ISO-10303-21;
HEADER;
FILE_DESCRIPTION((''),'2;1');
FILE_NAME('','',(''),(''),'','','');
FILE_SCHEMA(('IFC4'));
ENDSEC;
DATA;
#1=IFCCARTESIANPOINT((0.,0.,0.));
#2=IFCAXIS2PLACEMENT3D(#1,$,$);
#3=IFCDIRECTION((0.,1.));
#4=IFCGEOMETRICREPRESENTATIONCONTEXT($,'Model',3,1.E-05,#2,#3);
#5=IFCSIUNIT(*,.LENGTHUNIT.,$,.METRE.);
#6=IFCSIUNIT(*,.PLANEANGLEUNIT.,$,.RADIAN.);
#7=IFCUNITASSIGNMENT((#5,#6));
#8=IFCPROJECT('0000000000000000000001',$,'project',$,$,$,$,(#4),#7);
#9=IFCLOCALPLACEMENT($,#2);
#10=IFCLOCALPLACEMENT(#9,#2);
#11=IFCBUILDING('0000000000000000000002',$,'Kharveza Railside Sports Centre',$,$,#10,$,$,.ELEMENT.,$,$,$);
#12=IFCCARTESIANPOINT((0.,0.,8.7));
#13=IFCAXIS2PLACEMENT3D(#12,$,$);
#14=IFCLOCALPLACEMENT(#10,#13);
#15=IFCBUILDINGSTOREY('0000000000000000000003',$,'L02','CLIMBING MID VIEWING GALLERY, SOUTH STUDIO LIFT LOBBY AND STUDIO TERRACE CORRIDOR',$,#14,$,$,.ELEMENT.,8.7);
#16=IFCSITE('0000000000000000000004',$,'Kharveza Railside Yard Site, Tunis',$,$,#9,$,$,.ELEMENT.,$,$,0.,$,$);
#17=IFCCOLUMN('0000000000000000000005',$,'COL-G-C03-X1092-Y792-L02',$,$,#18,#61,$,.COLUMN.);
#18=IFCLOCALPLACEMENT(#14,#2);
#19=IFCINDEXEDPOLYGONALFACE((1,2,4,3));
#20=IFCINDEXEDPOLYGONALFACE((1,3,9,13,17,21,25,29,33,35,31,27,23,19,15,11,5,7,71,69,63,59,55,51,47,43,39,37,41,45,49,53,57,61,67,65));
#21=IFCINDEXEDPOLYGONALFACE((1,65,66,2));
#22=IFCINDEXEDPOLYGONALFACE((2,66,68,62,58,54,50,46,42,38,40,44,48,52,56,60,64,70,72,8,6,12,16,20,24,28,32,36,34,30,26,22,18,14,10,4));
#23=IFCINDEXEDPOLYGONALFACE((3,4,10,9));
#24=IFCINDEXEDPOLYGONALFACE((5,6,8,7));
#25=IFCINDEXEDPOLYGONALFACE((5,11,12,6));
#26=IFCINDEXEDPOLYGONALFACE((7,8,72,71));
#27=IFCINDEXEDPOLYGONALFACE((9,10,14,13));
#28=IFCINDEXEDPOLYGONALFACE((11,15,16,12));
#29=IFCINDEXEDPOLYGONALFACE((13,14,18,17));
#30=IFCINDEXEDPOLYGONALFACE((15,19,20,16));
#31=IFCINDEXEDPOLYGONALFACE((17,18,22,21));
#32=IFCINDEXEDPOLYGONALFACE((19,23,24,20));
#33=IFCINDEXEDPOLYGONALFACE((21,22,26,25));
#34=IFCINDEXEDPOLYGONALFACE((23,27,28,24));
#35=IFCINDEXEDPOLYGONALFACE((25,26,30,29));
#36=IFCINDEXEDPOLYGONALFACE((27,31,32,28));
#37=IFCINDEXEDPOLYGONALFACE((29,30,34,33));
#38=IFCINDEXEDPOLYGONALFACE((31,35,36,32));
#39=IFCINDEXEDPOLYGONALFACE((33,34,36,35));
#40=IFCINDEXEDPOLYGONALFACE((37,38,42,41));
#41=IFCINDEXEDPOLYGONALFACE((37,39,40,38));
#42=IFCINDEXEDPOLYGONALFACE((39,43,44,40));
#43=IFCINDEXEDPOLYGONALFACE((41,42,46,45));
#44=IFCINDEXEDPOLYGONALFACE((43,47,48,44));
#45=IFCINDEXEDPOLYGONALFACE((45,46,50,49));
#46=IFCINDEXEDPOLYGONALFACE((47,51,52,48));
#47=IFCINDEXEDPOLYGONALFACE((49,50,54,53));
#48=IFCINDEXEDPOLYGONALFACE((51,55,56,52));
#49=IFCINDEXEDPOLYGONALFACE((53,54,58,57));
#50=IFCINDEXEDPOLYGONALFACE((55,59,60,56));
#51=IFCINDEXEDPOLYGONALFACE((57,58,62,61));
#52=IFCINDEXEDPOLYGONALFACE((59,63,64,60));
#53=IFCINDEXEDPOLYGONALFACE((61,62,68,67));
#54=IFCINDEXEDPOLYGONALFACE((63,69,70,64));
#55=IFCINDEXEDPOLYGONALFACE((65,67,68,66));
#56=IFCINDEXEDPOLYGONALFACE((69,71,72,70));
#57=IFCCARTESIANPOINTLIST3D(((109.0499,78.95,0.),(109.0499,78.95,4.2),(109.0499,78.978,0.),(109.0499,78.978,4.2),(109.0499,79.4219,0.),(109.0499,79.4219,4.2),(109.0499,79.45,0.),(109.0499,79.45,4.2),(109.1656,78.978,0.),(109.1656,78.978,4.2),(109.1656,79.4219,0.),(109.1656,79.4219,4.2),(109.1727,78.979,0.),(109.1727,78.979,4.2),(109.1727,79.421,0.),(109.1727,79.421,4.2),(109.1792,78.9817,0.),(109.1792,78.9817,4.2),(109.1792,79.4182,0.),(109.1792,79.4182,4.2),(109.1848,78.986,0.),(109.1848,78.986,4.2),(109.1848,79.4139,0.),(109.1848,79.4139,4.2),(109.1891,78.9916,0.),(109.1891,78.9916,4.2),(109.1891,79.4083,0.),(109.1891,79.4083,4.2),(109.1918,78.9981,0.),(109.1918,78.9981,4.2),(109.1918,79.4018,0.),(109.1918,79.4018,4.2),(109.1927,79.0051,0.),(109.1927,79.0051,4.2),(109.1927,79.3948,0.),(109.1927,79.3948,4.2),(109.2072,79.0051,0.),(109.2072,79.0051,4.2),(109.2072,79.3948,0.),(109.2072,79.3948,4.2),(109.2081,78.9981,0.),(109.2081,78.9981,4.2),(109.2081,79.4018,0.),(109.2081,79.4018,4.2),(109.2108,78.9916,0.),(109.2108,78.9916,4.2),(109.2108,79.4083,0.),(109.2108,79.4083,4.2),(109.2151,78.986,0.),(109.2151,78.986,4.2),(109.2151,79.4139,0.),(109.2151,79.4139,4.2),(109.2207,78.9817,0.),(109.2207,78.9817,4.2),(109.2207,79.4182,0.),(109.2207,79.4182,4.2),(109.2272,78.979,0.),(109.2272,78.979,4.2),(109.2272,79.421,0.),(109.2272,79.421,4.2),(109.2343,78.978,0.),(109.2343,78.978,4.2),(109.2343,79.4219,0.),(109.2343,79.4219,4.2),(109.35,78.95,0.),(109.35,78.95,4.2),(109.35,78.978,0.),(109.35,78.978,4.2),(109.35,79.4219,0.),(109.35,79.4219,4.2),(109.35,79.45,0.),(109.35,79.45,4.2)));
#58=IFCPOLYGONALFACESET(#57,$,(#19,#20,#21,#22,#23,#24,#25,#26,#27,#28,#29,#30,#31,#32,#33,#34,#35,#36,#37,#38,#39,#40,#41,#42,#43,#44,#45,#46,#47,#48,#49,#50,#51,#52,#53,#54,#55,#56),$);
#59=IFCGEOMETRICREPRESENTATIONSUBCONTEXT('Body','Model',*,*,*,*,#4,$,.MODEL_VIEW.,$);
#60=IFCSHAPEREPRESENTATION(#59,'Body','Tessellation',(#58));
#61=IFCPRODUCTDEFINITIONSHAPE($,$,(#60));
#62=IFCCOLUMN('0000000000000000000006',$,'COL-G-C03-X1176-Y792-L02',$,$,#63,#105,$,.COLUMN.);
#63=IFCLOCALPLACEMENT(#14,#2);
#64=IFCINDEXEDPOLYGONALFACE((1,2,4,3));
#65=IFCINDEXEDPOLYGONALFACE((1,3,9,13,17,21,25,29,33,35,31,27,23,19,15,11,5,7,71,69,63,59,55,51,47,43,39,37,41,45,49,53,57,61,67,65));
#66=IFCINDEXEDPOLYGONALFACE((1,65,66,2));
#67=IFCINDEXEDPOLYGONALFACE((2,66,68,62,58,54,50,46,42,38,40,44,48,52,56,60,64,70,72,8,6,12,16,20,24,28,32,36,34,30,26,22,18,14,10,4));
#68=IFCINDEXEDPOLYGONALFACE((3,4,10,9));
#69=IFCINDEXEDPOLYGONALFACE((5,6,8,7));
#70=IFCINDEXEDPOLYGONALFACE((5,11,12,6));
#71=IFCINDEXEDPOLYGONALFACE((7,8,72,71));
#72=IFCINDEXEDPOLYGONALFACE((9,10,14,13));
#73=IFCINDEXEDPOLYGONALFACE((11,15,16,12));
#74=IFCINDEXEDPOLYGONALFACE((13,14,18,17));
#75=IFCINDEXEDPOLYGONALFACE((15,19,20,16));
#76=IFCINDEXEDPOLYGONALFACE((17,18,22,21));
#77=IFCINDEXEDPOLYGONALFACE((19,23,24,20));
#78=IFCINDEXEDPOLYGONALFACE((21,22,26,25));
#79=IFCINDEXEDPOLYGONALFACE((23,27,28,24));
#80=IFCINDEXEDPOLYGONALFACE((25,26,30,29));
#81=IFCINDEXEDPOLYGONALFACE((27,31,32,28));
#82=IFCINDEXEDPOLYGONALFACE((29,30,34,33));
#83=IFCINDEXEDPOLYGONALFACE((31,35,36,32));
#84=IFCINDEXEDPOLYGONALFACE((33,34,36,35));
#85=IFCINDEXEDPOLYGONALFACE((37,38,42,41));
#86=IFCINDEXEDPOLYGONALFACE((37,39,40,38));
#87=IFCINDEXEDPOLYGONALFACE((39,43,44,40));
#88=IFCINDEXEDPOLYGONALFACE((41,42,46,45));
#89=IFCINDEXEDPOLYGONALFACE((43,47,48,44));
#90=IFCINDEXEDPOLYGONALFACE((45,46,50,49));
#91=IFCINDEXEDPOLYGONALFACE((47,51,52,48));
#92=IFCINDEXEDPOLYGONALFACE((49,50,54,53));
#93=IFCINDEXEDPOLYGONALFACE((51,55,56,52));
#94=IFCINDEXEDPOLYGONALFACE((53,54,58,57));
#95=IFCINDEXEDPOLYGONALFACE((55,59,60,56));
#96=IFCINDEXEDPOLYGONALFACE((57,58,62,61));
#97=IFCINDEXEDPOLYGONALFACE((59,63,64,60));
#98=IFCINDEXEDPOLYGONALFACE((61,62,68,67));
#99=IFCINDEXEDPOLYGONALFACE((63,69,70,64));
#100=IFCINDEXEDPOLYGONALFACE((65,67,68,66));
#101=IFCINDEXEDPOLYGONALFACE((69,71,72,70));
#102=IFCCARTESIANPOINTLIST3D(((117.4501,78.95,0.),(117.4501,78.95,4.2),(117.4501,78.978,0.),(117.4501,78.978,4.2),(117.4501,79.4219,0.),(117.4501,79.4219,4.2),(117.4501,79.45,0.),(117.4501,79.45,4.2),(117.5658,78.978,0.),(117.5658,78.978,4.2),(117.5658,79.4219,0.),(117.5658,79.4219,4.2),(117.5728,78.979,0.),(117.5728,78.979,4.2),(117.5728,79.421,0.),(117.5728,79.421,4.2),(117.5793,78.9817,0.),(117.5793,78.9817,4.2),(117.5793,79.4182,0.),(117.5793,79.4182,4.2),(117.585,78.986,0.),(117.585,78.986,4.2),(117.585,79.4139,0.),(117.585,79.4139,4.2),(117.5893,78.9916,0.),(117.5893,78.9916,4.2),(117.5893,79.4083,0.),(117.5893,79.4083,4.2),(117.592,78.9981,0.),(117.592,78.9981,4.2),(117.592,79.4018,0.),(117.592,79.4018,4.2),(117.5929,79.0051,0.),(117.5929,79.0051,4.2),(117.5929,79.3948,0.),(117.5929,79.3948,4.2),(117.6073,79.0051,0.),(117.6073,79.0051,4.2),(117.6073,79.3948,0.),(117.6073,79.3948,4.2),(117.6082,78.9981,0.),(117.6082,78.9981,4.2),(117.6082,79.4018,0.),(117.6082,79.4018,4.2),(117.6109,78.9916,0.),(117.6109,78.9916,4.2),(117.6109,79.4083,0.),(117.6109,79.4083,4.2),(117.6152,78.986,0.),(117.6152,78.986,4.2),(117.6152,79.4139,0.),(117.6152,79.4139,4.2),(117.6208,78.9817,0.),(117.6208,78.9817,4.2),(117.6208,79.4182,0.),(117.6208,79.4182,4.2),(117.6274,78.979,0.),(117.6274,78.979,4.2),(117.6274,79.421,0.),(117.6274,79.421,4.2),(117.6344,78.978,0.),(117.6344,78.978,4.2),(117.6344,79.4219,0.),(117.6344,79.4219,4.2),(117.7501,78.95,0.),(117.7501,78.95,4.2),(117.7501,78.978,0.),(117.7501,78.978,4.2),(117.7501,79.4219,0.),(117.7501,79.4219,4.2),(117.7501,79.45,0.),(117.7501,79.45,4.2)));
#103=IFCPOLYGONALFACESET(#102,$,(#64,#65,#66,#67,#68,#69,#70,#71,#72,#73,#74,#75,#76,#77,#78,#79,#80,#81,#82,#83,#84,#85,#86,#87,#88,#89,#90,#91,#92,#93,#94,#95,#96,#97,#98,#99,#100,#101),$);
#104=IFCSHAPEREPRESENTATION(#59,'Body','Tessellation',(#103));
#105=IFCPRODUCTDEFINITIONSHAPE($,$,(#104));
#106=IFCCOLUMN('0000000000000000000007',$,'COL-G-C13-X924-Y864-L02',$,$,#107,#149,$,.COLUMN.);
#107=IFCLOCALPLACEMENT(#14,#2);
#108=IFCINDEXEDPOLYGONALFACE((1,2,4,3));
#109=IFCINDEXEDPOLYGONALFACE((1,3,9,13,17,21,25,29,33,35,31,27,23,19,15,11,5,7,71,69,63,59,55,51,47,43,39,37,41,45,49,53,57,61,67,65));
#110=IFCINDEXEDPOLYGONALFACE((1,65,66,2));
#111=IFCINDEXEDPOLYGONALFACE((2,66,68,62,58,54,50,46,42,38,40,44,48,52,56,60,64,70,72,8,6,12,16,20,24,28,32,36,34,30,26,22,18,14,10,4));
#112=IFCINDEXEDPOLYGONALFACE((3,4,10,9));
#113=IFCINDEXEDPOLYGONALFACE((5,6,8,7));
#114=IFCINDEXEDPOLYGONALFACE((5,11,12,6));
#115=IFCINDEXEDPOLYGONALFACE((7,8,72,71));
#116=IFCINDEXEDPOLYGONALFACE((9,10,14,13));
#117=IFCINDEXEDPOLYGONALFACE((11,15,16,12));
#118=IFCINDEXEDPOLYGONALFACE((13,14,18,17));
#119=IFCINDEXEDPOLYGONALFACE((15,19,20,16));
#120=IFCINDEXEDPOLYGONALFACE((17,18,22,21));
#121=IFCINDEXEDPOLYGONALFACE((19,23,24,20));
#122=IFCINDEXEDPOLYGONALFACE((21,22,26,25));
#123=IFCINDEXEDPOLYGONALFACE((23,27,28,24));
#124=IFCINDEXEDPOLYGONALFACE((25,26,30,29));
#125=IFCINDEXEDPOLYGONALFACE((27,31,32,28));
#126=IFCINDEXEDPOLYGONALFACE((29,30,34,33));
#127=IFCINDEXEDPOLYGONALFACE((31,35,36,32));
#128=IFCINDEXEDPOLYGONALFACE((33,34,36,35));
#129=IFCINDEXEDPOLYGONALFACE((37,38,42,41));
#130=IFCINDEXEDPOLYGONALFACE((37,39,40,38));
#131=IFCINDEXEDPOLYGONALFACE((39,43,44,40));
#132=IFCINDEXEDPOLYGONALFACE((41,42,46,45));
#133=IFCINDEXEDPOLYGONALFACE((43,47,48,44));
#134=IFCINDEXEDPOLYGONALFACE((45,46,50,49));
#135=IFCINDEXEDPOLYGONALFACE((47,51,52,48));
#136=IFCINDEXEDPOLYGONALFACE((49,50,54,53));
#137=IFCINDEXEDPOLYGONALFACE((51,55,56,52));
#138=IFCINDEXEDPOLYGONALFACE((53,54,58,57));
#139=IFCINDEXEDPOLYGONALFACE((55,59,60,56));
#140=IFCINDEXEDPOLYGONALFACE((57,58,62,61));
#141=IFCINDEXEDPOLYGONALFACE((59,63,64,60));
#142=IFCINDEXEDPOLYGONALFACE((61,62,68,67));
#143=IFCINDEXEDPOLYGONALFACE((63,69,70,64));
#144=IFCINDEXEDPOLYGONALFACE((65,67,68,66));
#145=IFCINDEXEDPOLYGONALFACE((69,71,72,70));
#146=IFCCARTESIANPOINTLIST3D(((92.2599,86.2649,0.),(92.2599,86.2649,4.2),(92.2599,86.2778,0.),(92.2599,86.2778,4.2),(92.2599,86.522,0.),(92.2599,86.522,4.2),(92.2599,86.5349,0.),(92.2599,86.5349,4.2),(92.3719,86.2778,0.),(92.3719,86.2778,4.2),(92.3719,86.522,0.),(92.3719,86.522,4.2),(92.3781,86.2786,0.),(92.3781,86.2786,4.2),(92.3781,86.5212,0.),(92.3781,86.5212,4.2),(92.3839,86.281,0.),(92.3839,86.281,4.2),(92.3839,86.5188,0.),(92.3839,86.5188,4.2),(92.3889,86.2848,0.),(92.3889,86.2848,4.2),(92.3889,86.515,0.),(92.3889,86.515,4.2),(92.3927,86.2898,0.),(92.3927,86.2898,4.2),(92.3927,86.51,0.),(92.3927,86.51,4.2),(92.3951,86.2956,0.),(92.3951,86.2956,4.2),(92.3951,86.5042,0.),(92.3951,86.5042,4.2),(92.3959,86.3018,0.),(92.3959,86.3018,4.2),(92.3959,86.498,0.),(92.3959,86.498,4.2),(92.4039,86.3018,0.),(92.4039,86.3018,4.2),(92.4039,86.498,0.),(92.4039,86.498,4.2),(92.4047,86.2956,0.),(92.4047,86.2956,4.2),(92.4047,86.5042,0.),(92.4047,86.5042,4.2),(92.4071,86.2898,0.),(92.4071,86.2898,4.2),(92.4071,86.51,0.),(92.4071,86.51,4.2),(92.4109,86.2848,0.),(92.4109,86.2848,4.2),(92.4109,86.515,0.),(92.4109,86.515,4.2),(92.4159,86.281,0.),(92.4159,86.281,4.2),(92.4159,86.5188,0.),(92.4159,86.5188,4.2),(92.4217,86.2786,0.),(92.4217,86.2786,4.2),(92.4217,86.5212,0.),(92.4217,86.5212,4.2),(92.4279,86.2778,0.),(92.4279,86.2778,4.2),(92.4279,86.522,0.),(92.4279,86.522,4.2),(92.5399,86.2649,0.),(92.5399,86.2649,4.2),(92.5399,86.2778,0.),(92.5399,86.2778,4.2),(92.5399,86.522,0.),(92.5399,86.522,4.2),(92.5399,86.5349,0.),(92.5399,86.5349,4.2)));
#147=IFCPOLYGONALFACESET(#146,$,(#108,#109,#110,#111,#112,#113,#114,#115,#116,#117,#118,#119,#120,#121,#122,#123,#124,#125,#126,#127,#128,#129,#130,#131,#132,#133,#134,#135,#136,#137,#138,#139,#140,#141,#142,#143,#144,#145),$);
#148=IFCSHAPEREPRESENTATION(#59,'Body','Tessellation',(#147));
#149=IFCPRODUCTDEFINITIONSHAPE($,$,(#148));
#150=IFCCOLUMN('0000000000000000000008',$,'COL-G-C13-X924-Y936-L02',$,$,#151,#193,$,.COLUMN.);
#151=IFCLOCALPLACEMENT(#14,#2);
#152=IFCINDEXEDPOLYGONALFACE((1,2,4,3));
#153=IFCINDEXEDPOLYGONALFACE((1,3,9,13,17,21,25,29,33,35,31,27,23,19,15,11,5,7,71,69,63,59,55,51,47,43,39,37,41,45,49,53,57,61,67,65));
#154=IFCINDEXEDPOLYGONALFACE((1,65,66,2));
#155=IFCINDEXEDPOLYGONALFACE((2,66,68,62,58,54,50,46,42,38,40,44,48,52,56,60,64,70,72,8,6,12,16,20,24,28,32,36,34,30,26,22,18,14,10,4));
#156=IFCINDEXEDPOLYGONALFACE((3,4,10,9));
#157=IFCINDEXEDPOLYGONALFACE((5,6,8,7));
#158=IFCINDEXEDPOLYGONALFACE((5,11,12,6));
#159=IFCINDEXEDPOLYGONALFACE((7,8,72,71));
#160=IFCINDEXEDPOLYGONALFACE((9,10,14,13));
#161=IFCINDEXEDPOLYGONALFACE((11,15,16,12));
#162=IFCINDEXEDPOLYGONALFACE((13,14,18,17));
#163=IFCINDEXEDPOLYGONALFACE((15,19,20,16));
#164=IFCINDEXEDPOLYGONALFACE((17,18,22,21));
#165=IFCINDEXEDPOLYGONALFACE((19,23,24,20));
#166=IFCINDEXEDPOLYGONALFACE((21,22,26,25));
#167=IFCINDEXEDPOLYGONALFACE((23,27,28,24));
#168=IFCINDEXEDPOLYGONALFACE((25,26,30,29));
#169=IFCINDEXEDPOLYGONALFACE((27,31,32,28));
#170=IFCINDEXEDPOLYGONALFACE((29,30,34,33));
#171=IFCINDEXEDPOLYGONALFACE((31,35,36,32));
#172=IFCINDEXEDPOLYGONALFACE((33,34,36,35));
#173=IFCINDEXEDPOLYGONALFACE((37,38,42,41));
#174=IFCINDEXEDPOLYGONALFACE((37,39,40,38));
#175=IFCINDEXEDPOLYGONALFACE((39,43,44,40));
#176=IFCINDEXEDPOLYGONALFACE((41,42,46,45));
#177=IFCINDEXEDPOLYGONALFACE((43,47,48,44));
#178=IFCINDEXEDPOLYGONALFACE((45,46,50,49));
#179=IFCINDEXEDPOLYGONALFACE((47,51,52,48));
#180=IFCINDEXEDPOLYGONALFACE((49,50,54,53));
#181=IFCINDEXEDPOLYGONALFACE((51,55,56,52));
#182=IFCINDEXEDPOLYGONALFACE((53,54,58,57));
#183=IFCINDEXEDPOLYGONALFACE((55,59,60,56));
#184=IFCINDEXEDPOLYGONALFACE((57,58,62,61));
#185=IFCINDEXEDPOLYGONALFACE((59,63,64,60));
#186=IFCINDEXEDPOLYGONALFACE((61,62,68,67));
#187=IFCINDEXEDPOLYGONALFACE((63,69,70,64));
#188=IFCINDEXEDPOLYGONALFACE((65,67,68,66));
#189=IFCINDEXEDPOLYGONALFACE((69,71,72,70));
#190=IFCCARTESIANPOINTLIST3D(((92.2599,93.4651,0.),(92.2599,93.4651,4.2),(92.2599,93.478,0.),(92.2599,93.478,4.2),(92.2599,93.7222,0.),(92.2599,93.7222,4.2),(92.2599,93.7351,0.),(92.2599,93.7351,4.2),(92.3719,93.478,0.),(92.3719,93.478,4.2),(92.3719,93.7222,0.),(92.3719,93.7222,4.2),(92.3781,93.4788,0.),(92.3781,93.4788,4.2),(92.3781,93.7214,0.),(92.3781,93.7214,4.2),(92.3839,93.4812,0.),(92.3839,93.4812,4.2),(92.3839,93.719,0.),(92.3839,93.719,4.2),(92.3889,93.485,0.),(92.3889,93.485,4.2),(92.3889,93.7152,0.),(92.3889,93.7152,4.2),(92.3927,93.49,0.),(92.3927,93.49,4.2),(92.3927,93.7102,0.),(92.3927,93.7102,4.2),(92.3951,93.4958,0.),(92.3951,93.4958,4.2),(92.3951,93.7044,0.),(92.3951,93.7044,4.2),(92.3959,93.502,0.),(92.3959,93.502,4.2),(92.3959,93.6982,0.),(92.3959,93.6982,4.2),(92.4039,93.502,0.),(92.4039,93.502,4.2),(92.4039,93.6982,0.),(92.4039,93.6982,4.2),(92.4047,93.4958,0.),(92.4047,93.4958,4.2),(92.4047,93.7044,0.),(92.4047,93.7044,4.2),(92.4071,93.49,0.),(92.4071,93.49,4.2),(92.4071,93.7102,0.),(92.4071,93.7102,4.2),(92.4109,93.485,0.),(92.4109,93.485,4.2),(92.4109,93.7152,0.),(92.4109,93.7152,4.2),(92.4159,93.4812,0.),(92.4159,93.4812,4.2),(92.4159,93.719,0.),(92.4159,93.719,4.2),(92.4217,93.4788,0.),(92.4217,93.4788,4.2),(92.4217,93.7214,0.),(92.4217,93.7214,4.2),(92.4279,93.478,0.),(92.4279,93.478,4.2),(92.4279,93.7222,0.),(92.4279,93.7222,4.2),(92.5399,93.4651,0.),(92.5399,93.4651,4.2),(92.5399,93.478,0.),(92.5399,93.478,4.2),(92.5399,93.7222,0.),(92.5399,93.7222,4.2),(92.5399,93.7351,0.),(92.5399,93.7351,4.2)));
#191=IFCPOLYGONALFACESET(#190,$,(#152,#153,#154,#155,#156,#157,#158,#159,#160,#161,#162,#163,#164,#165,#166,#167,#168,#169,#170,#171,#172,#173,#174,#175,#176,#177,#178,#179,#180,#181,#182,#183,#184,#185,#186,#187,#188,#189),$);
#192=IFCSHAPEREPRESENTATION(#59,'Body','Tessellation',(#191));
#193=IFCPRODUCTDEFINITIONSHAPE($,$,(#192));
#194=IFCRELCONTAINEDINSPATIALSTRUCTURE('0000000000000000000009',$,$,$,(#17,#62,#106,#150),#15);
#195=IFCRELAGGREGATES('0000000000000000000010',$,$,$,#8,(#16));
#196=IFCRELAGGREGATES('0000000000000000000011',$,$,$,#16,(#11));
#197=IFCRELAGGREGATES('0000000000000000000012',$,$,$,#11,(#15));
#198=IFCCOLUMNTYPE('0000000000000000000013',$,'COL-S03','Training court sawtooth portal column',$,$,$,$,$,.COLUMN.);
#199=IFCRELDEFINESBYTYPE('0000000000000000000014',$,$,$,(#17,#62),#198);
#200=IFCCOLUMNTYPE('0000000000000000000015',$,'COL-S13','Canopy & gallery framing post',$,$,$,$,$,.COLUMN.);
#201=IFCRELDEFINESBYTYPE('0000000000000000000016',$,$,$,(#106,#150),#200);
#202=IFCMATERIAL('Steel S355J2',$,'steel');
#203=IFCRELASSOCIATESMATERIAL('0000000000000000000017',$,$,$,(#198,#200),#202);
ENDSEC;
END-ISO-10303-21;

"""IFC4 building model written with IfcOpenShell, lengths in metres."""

from ifc_helpers import new_model, si_unit, direction, frame, origin, origin_2d, place, context, subcontext, project, spatial, i_section, extrude, material, material_profile, profile_set, type_object, element, save


model = new_model("IFC4")

# Units and contexts
model_context = context("Model", 3, precision=1e-05, world=origin(), true_north=direction((0.0, 1.0)))
body_context = subcontext(model_context, "Body", "Model", "MODEL_VIEW")
ifc_project = project(units=[si_unit("LENGTHUNIT", "METRE"), si_unit("PLANEANGLEUNIT", "RADIAN")], contexts=[model_context])

# Site, building, storey
site_placement = place(None, origin())
site = spatial("IfcSite", under=ifc_project, at=site_placement, Name="Kharveza Railside Yard Site, Tunis", CompositionType="ELEMENT", RefElevation=0.0)
building_placement = place(site_placement, origin())
building = spatial("IfcBuilding", under=site, at=building_placement, Name="Kharveza Railside Sports Centre", CompositionType="ELEMENT")
storey_placement = place(building_placement, frame((0.0, 0.0, 8.7)))
storey = spatial("IfcBuildingStorey", under=building, at=storey_placement, Name="L02", Description="CLIMBING MID VIEWING GALLERY, SOUTH STUDIO LIFT LOBBY AND STUDIO TERRACE CORRIDOR", CompositionType="ELEMENT", Elevation=8.7)

# Columns
ifc_material_1 = material(Name="Steel S355J2", Category="steel")
ifc_material_profile_1 = material_profile(ifc_material_1, i_section(OverallWidth=0.3, OverallDepth=0.5, WebThickness=0.0144, FlangeThickness=0.0281, FilletRadius=0.0271, at=origin_2d()), Name="HEB 500")
ifc_profile_set_1 = profile_set([ifc_material_profile_1], Name="Steel S355J2")
column_type_1 = type_object("IfcColumnType", Name="COL-S03", Description="Training court sawtooth portal column", PredefinedType="COLUMN", material=ifc_profile_set_1)
for number, where, z_axis, x_axis, name in (
    (1, (109.2, 79.2, 0.0), (0.0, 0.0, 1.0), (1.0, 0.0, 0.0), "COL-G-C03-X1092-Y792-L02"),
    (2, (117.6001, 79.2, 0.0), (0.0, 0.0, 1.0), (1.0, 0.0, 0.0), "COL-G-C03-X1176-Y792-L02"),
):
    element("IfcColumn", number, at=place(storey_placement, frame(where, z_axis=z_axis, x_axis=x_axis)), inside=storey, type_object=column_type_1, Name=name, PredefinedType="COLUMN", context=body_context, shape_type="SweptSolid", body=[
        extrude(i_section(OverallWidth=0.3, OverallDepth=0.5, WebThickness=0.0144, FlangeThickness=0.0281, FilletRadius=0.0271, at=origin_2d()), origin(), (0.0, 0.0, 1.0), 4.2),
    ])
ifc_material_profile_2 = material_profile(ifc_material_1, i_section(OverallWidth=0.28, OverallDepth=0.27, WebThickness=0.0081, FlangeThickness=0.0129, FilletRadius=0.0239, at=origin_2d()), Name="HEA 280")
ifc_profile_set_2 = profile_set([ifc_material_profile_2], Name="Steel S355J2")
column_type_2 = type_object("IfcColumnType", Name="COL-S13", Description="Canopy & gallery framing post", PredefinedType="COLUMN", material=ifc_profile_set_2)
for number, where, z_axis, x_axis, name in (
    (3, (92.3999, 86.3999, 0.0), (0.0, 0.0, 1.0), (1.0, 0.0, 0.0), "COL-G-C13-X924-Y864-L02"),
    (4, (92.3999, 93.6001, 0.0), (0.0, 0.0, 1.0), (1.0, 0.0, 0.0), "COL-G-C13-X924-Y936-L02"),
):
    element("IfcColumn", number, at=place(storey_placement, frame(where, z_axis=z_axis, x_axis=x_axis)), inside=storey, type_object=column_type_2, Name=name, PredefinedType="COLUMN", context=body_context, shape_type="SweptSolid", body=[
        extrude(i_section(OverallWidth=0.28, OverallDepth=0.27, WebThickness=0.0081, FlangeThickness=0.0129, FilletRadius=0.0239, at=origin_2d()), origin(), (0.0, 0.0, 1.0), 4.2),
    ])

save(model, "model.ifc")
